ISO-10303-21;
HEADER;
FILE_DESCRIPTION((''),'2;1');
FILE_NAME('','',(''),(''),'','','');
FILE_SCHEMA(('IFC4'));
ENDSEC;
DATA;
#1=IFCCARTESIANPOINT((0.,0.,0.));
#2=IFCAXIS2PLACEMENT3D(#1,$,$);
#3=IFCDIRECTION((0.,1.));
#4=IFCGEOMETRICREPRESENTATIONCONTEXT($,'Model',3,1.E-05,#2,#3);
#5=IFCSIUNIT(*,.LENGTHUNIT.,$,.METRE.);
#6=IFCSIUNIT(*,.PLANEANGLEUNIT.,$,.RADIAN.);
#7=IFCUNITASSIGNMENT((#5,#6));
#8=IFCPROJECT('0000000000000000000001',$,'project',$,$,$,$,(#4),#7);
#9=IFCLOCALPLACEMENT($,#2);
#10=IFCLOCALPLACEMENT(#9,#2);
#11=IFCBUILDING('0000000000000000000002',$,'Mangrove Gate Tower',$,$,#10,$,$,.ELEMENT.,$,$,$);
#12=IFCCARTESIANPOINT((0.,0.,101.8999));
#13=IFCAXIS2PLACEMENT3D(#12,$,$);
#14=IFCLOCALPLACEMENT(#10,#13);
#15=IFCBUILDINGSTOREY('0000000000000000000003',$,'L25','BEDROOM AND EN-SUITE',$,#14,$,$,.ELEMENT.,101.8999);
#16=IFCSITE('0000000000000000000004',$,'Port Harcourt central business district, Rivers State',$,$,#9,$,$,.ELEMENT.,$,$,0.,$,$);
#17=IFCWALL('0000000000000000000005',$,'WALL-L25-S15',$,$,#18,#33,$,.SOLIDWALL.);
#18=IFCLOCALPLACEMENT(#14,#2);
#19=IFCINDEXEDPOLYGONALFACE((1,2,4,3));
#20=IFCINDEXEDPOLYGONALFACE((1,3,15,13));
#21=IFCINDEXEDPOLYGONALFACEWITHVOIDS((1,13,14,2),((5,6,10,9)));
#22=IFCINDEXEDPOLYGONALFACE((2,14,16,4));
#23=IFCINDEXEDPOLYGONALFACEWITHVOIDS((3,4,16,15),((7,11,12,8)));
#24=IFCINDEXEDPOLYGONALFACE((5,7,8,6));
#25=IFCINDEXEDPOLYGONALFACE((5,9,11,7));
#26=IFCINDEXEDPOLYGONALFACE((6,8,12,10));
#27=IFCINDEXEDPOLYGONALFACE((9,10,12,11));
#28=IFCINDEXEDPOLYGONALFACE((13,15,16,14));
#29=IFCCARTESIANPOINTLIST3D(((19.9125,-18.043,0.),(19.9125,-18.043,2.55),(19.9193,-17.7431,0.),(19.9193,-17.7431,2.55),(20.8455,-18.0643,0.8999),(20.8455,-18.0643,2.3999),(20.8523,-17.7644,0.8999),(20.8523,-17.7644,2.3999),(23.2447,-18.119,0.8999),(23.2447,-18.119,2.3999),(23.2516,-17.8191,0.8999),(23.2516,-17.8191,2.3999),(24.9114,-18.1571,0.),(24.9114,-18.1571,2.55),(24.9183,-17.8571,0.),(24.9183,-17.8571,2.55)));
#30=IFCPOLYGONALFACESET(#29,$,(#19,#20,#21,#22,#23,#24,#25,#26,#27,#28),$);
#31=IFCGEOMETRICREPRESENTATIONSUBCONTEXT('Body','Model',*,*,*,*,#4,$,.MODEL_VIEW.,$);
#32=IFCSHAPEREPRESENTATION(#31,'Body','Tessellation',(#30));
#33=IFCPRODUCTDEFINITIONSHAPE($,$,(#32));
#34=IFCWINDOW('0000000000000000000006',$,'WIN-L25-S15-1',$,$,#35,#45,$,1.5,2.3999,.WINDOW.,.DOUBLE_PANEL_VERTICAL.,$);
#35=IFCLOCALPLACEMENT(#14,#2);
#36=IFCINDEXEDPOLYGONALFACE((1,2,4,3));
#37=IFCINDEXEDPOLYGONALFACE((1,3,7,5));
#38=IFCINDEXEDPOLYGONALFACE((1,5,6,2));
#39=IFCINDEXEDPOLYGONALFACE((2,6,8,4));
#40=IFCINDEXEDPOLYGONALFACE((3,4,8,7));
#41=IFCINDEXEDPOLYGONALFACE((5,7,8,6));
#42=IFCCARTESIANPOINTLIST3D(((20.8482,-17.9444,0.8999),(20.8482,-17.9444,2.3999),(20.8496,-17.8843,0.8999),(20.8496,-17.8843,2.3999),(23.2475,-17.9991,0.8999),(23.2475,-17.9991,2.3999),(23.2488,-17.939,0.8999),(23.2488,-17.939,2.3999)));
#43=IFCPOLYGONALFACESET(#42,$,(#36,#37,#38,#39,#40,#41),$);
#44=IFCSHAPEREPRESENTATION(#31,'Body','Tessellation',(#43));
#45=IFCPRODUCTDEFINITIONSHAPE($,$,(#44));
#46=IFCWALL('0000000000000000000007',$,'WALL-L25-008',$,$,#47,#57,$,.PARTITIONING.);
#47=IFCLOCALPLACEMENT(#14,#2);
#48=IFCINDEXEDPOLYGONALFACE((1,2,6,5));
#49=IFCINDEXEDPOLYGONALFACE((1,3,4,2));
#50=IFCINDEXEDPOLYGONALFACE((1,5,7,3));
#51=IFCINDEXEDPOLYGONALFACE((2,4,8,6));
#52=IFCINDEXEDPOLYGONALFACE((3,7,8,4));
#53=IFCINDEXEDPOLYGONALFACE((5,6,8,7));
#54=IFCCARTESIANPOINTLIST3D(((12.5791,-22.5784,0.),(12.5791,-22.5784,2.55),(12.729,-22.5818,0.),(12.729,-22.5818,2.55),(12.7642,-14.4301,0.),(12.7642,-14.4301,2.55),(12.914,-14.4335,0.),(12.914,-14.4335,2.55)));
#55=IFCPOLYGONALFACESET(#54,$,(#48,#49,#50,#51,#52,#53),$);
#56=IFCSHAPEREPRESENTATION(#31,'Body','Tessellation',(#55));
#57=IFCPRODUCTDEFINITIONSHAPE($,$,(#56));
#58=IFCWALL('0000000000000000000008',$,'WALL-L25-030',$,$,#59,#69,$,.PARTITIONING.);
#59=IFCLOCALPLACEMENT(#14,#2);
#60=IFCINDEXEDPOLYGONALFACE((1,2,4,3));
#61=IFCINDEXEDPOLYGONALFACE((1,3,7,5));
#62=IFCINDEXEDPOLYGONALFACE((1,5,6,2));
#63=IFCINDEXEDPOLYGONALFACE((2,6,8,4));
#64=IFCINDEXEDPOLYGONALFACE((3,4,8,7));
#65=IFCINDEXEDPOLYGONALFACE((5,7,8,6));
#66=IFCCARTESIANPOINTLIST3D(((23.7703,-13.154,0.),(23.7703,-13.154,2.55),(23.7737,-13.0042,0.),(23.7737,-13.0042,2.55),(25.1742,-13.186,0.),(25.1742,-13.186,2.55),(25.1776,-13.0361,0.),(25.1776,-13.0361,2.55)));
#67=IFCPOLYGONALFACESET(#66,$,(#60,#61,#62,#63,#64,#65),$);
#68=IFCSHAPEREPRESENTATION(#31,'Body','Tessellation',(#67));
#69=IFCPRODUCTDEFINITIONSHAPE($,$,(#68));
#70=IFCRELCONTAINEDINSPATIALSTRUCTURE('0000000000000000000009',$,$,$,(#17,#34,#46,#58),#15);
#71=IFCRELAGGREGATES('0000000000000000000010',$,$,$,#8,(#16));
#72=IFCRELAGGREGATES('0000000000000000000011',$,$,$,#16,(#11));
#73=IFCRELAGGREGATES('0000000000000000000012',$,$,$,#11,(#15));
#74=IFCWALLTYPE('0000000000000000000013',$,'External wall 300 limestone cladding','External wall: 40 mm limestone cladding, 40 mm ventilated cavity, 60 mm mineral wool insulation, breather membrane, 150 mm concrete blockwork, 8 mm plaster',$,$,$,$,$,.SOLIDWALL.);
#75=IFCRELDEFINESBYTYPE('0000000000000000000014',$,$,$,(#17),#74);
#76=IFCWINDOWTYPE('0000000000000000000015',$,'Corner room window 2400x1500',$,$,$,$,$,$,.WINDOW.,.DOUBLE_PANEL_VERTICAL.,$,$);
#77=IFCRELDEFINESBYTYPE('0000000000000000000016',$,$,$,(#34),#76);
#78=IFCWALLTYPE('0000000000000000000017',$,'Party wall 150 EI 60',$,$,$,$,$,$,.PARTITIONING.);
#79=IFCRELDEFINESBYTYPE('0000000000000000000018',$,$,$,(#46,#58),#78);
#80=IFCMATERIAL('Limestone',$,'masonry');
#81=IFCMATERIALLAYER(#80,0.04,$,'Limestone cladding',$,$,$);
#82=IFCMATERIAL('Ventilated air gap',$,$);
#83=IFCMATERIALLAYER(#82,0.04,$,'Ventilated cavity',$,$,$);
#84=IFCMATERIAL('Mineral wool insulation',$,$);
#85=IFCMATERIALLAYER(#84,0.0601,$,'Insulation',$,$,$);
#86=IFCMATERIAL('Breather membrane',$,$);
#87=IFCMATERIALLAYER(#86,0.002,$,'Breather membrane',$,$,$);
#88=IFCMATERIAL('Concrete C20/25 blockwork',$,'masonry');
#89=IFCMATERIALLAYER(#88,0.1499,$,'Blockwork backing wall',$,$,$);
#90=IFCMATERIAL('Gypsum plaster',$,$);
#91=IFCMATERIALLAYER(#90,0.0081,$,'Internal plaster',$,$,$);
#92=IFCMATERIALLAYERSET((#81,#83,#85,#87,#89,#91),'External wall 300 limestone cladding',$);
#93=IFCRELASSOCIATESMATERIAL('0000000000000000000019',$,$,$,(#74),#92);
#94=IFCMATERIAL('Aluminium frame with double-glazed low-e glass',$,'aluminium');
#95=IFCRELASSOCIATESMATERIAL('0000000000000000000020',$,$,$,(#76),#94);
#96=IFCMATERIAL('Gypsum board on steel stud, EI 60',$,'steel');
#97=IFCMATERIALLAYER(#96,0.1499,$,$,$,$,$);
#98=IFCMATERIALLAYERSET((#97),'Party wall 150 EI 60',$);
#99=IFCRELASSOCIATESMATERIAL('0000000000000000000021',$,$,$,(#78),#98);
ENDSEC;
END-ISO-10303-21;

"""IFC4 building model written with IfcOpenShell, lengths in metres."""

from ifc_helpers import new_model, si_unit, direction, frame, frame_2d, origin, place, context, subcontext, project, spatial, rectangle, extrude, material, layer, layer_set, type_object, element, fill, save


model = new_model("IFC4")

# Units and contexts
model_context = context("Model", 3, precision=1e-05, world=origin(), true_north=direction((0.0, 1.0)))
body_context = subcontext(model_context, "Body", "Model", "MODEL_VIEW")
ifc_project = project(units=[si_unit("LENGTHUNIT", "METRE"), si_unit("PLANEANGLEUNIT", "RADIAN")], contexts=[model_context])

# Site, building, storey
site_placement = place(None, origin())
site = spatial("IfcSite", under=ifc_project, at=site_placement, Name="Port Harcourt central business district, Rivers State", CompositionType="ELEMENT", RefElevation=0.0)
building_placement = place(site_placement, origin())
building = spatial("IfcBuilding", under=site, at=building_placement, Name="Mangrove Gate Tower", CompositionType="ELEMENT")
storey_placement = place(building_placement, frame((0.0, 0.0, 101.8999)))
storey = spatial("IfcBuildingStorey", under=building, at=storey_placement, Name="L25", Description="BEDROOM AND EN-SUITE", CompositionType="ELEMENT", Elevation=101.8999)

# Shared definitions
ifc_material_1 = material(Name="Limestone", Category="masonry")
ifc_layer_1 = layer(ifc_material_1, 0.04, Name="Limestone cladding")
ifc_material_2 = material(Name="Ventilated air gap")
ifc_layer_2 = layer(ifc_material_2, 0.04, Name="Ventilated cavity")
ifc_material_3 = material(Name="Mineral wool insulation")
ifc_layer_3 = layer(ifc_material_3, 0.0601, Name="Insulation")
ifc_material_4 = material(Name="Breather membrane")
ifc_layer_4 = layer(ifc_material_4, 0.002, Name="Breather membrane")
ifc_material_5 = material(Name="Concrete C20/25 blockwork", Category="masonry")
ifc_layer_5 = layer(ifc_material_5, 0.1499, Name="Blockwork backing wall")
ifc_material_6 = material(Name="Gypsum plaster")
ifc_layer_6 = layer(ifc_material_6, 0.0081, Name="Internal plaster")
ifc_layer_set_1 = layer_set([ifc_layer_1, ifc_layer_2, ifc_layer_3, ifc_layer_4, ifc_layer_5, ifc_layer_6], Name="External wall 300 limestone cladding")
wall_type_1 = type_object("IfcWallType", Name="External wall 300 limestone cladding", Description="External wall: 40 mm limestone cladding, 40 mm ventilated cavity, 60 mm mineral wool insulation, breather membrane, 150 mm concrete blockwork, 8 mm plaster", PredefinedType="SOLIDWALL", material=ifc_layer_set_1)
ifc_material_7 = material(Name="Aluminium frame with double-glazed low-e glass", Category="aluminium")
window_type = type_object("IfcWindowType", Name="Corner room window 2400x1500", PartitioningType="DOUBLE_PANEL_VERTICAL", PredefinedType="WINDOW", material=ifc_material_7)

# Wall, opening, window
wall_1_placement = place(storey_placement, frame((19.916, -17.8931, 0.0), z_axis=(0.0, 0.0, 1.0), x_axis=(0.99974, -0.022801, 0.0)))
wall_1 = element("IfcWall", 1, at=wall_1_placement, inside=storey, type_object=wall_type_1, Name="WALL-L25-S15", PredefinedType="SOLIDWALL", context=body_context, shape_type="SweptSolid", body=[
    extrude(rectangle(XDim=5.0002, YDim=0.3, at=frame_2d((2.5, 0.0))), origin(), (0.0, 0.0, 1.0), 2.55),
])
opening_1_placement = place(wall_1_placement, frame((0.9331, 0.0, 0.8999)))
opening_1 = element("IfcOpeningElement", 2, at=opening_1_placement, cuts=wall_1, PredefinedType="OPENING", context=body_context, shape_type="SweptSolid", body=[
    extrude(rectangle(XDim=2.3999, YDim=1.5, at=frame_2d((1.2, 0.75))), frame((0.0, 0.1599, 0.0), z_axis=(0.0, -1.0, 0.0), x_axis=(1.0, 0.0, 0.0)), (0.0, 0.0, 1.0), 0.3201),
])
window_1_placement = place(opening_1_placement, origin())
window_1 = element("IfcWindow", 3, at=window_1_placement, inside=storey, type_object=window_type, Name="WIN-L25-S15-1", OverallHeight=1.5, OverallWidth=2.3999, PartitioningType="DOUBLE_PANEL_VERTICAL", PredefinedType="WINDOW", context=body_context, shape_type="SweptSolid", body=[
    extrude(rectangle(XDim=2.3999, YDim=1.5, at=frame_2d((1.2, 0.75))), frame((0.0, 0.03, 0.0), z_axis=(0.0, -1.0, 0.0), x_axis=(1.0, 0.0, 0.0)), (0.0, 0.0, 1.0), 0.0601),
])
fill(opening_1, window_1)

# Walls
ifc_material_8 = material(Name="Gypsum board on steel stud, EI 60", Category="steel")
ifc_layer_7 = layer(ifc_material_8, 0.1499)
ifc_layer_set_2 = layer_set([ifc_layer_7], Name="Party wall 150 EI 60")
wall_type_2 = type_object("IfcWallType", Name="Party wall 150 EI 60", PredefinedType="PARTITIONING", material=ifc_layer_set_2)
wall_2_placement = place(storey_placement, frame((12.6541, -22.5801, 0.0), z_axis=(0.0, 0.0, 1.0), x_axis=(0.022706, 0.999742, 0.0)))
element("IfcWall", 4, at=wall_2_placement, inside=storey, type_object=wall_type_2, Name="WALL-L25-008", PredefinedType="PARTITIONING", context=body_context, shape_type="SweptSolid", body=[
    extrude(rectangle(XDim=8.1504, YDim=0.1499, at=frame_2d((4.0752, 0.0))), origin(), (0.0, 0.0, 1.0), 2.55),
])
wall_3_placement = place(storey_placement, frame((23.772, -13.0791, 0.0), z_axis=(0.0, 0.0, 1.0), x_axis=(0.999741, -0.022773, 0.0)))
element("IfcWall", 5, at=wall_3_placement, inside=storey, type_object=wall_type_2, Name="WALL-L25-030", PredefinedType="PARTITIONING", context=body_context, shape_type="SweptSolid", body=[
    extrude(rectangle(XDim=1.4043, YDim=0.1499, at=frame_2d((0.7021, 0.0))), origin(), (0.0, 0.0, 1.0), 2.55),
])

save(model, "model.ifc")
